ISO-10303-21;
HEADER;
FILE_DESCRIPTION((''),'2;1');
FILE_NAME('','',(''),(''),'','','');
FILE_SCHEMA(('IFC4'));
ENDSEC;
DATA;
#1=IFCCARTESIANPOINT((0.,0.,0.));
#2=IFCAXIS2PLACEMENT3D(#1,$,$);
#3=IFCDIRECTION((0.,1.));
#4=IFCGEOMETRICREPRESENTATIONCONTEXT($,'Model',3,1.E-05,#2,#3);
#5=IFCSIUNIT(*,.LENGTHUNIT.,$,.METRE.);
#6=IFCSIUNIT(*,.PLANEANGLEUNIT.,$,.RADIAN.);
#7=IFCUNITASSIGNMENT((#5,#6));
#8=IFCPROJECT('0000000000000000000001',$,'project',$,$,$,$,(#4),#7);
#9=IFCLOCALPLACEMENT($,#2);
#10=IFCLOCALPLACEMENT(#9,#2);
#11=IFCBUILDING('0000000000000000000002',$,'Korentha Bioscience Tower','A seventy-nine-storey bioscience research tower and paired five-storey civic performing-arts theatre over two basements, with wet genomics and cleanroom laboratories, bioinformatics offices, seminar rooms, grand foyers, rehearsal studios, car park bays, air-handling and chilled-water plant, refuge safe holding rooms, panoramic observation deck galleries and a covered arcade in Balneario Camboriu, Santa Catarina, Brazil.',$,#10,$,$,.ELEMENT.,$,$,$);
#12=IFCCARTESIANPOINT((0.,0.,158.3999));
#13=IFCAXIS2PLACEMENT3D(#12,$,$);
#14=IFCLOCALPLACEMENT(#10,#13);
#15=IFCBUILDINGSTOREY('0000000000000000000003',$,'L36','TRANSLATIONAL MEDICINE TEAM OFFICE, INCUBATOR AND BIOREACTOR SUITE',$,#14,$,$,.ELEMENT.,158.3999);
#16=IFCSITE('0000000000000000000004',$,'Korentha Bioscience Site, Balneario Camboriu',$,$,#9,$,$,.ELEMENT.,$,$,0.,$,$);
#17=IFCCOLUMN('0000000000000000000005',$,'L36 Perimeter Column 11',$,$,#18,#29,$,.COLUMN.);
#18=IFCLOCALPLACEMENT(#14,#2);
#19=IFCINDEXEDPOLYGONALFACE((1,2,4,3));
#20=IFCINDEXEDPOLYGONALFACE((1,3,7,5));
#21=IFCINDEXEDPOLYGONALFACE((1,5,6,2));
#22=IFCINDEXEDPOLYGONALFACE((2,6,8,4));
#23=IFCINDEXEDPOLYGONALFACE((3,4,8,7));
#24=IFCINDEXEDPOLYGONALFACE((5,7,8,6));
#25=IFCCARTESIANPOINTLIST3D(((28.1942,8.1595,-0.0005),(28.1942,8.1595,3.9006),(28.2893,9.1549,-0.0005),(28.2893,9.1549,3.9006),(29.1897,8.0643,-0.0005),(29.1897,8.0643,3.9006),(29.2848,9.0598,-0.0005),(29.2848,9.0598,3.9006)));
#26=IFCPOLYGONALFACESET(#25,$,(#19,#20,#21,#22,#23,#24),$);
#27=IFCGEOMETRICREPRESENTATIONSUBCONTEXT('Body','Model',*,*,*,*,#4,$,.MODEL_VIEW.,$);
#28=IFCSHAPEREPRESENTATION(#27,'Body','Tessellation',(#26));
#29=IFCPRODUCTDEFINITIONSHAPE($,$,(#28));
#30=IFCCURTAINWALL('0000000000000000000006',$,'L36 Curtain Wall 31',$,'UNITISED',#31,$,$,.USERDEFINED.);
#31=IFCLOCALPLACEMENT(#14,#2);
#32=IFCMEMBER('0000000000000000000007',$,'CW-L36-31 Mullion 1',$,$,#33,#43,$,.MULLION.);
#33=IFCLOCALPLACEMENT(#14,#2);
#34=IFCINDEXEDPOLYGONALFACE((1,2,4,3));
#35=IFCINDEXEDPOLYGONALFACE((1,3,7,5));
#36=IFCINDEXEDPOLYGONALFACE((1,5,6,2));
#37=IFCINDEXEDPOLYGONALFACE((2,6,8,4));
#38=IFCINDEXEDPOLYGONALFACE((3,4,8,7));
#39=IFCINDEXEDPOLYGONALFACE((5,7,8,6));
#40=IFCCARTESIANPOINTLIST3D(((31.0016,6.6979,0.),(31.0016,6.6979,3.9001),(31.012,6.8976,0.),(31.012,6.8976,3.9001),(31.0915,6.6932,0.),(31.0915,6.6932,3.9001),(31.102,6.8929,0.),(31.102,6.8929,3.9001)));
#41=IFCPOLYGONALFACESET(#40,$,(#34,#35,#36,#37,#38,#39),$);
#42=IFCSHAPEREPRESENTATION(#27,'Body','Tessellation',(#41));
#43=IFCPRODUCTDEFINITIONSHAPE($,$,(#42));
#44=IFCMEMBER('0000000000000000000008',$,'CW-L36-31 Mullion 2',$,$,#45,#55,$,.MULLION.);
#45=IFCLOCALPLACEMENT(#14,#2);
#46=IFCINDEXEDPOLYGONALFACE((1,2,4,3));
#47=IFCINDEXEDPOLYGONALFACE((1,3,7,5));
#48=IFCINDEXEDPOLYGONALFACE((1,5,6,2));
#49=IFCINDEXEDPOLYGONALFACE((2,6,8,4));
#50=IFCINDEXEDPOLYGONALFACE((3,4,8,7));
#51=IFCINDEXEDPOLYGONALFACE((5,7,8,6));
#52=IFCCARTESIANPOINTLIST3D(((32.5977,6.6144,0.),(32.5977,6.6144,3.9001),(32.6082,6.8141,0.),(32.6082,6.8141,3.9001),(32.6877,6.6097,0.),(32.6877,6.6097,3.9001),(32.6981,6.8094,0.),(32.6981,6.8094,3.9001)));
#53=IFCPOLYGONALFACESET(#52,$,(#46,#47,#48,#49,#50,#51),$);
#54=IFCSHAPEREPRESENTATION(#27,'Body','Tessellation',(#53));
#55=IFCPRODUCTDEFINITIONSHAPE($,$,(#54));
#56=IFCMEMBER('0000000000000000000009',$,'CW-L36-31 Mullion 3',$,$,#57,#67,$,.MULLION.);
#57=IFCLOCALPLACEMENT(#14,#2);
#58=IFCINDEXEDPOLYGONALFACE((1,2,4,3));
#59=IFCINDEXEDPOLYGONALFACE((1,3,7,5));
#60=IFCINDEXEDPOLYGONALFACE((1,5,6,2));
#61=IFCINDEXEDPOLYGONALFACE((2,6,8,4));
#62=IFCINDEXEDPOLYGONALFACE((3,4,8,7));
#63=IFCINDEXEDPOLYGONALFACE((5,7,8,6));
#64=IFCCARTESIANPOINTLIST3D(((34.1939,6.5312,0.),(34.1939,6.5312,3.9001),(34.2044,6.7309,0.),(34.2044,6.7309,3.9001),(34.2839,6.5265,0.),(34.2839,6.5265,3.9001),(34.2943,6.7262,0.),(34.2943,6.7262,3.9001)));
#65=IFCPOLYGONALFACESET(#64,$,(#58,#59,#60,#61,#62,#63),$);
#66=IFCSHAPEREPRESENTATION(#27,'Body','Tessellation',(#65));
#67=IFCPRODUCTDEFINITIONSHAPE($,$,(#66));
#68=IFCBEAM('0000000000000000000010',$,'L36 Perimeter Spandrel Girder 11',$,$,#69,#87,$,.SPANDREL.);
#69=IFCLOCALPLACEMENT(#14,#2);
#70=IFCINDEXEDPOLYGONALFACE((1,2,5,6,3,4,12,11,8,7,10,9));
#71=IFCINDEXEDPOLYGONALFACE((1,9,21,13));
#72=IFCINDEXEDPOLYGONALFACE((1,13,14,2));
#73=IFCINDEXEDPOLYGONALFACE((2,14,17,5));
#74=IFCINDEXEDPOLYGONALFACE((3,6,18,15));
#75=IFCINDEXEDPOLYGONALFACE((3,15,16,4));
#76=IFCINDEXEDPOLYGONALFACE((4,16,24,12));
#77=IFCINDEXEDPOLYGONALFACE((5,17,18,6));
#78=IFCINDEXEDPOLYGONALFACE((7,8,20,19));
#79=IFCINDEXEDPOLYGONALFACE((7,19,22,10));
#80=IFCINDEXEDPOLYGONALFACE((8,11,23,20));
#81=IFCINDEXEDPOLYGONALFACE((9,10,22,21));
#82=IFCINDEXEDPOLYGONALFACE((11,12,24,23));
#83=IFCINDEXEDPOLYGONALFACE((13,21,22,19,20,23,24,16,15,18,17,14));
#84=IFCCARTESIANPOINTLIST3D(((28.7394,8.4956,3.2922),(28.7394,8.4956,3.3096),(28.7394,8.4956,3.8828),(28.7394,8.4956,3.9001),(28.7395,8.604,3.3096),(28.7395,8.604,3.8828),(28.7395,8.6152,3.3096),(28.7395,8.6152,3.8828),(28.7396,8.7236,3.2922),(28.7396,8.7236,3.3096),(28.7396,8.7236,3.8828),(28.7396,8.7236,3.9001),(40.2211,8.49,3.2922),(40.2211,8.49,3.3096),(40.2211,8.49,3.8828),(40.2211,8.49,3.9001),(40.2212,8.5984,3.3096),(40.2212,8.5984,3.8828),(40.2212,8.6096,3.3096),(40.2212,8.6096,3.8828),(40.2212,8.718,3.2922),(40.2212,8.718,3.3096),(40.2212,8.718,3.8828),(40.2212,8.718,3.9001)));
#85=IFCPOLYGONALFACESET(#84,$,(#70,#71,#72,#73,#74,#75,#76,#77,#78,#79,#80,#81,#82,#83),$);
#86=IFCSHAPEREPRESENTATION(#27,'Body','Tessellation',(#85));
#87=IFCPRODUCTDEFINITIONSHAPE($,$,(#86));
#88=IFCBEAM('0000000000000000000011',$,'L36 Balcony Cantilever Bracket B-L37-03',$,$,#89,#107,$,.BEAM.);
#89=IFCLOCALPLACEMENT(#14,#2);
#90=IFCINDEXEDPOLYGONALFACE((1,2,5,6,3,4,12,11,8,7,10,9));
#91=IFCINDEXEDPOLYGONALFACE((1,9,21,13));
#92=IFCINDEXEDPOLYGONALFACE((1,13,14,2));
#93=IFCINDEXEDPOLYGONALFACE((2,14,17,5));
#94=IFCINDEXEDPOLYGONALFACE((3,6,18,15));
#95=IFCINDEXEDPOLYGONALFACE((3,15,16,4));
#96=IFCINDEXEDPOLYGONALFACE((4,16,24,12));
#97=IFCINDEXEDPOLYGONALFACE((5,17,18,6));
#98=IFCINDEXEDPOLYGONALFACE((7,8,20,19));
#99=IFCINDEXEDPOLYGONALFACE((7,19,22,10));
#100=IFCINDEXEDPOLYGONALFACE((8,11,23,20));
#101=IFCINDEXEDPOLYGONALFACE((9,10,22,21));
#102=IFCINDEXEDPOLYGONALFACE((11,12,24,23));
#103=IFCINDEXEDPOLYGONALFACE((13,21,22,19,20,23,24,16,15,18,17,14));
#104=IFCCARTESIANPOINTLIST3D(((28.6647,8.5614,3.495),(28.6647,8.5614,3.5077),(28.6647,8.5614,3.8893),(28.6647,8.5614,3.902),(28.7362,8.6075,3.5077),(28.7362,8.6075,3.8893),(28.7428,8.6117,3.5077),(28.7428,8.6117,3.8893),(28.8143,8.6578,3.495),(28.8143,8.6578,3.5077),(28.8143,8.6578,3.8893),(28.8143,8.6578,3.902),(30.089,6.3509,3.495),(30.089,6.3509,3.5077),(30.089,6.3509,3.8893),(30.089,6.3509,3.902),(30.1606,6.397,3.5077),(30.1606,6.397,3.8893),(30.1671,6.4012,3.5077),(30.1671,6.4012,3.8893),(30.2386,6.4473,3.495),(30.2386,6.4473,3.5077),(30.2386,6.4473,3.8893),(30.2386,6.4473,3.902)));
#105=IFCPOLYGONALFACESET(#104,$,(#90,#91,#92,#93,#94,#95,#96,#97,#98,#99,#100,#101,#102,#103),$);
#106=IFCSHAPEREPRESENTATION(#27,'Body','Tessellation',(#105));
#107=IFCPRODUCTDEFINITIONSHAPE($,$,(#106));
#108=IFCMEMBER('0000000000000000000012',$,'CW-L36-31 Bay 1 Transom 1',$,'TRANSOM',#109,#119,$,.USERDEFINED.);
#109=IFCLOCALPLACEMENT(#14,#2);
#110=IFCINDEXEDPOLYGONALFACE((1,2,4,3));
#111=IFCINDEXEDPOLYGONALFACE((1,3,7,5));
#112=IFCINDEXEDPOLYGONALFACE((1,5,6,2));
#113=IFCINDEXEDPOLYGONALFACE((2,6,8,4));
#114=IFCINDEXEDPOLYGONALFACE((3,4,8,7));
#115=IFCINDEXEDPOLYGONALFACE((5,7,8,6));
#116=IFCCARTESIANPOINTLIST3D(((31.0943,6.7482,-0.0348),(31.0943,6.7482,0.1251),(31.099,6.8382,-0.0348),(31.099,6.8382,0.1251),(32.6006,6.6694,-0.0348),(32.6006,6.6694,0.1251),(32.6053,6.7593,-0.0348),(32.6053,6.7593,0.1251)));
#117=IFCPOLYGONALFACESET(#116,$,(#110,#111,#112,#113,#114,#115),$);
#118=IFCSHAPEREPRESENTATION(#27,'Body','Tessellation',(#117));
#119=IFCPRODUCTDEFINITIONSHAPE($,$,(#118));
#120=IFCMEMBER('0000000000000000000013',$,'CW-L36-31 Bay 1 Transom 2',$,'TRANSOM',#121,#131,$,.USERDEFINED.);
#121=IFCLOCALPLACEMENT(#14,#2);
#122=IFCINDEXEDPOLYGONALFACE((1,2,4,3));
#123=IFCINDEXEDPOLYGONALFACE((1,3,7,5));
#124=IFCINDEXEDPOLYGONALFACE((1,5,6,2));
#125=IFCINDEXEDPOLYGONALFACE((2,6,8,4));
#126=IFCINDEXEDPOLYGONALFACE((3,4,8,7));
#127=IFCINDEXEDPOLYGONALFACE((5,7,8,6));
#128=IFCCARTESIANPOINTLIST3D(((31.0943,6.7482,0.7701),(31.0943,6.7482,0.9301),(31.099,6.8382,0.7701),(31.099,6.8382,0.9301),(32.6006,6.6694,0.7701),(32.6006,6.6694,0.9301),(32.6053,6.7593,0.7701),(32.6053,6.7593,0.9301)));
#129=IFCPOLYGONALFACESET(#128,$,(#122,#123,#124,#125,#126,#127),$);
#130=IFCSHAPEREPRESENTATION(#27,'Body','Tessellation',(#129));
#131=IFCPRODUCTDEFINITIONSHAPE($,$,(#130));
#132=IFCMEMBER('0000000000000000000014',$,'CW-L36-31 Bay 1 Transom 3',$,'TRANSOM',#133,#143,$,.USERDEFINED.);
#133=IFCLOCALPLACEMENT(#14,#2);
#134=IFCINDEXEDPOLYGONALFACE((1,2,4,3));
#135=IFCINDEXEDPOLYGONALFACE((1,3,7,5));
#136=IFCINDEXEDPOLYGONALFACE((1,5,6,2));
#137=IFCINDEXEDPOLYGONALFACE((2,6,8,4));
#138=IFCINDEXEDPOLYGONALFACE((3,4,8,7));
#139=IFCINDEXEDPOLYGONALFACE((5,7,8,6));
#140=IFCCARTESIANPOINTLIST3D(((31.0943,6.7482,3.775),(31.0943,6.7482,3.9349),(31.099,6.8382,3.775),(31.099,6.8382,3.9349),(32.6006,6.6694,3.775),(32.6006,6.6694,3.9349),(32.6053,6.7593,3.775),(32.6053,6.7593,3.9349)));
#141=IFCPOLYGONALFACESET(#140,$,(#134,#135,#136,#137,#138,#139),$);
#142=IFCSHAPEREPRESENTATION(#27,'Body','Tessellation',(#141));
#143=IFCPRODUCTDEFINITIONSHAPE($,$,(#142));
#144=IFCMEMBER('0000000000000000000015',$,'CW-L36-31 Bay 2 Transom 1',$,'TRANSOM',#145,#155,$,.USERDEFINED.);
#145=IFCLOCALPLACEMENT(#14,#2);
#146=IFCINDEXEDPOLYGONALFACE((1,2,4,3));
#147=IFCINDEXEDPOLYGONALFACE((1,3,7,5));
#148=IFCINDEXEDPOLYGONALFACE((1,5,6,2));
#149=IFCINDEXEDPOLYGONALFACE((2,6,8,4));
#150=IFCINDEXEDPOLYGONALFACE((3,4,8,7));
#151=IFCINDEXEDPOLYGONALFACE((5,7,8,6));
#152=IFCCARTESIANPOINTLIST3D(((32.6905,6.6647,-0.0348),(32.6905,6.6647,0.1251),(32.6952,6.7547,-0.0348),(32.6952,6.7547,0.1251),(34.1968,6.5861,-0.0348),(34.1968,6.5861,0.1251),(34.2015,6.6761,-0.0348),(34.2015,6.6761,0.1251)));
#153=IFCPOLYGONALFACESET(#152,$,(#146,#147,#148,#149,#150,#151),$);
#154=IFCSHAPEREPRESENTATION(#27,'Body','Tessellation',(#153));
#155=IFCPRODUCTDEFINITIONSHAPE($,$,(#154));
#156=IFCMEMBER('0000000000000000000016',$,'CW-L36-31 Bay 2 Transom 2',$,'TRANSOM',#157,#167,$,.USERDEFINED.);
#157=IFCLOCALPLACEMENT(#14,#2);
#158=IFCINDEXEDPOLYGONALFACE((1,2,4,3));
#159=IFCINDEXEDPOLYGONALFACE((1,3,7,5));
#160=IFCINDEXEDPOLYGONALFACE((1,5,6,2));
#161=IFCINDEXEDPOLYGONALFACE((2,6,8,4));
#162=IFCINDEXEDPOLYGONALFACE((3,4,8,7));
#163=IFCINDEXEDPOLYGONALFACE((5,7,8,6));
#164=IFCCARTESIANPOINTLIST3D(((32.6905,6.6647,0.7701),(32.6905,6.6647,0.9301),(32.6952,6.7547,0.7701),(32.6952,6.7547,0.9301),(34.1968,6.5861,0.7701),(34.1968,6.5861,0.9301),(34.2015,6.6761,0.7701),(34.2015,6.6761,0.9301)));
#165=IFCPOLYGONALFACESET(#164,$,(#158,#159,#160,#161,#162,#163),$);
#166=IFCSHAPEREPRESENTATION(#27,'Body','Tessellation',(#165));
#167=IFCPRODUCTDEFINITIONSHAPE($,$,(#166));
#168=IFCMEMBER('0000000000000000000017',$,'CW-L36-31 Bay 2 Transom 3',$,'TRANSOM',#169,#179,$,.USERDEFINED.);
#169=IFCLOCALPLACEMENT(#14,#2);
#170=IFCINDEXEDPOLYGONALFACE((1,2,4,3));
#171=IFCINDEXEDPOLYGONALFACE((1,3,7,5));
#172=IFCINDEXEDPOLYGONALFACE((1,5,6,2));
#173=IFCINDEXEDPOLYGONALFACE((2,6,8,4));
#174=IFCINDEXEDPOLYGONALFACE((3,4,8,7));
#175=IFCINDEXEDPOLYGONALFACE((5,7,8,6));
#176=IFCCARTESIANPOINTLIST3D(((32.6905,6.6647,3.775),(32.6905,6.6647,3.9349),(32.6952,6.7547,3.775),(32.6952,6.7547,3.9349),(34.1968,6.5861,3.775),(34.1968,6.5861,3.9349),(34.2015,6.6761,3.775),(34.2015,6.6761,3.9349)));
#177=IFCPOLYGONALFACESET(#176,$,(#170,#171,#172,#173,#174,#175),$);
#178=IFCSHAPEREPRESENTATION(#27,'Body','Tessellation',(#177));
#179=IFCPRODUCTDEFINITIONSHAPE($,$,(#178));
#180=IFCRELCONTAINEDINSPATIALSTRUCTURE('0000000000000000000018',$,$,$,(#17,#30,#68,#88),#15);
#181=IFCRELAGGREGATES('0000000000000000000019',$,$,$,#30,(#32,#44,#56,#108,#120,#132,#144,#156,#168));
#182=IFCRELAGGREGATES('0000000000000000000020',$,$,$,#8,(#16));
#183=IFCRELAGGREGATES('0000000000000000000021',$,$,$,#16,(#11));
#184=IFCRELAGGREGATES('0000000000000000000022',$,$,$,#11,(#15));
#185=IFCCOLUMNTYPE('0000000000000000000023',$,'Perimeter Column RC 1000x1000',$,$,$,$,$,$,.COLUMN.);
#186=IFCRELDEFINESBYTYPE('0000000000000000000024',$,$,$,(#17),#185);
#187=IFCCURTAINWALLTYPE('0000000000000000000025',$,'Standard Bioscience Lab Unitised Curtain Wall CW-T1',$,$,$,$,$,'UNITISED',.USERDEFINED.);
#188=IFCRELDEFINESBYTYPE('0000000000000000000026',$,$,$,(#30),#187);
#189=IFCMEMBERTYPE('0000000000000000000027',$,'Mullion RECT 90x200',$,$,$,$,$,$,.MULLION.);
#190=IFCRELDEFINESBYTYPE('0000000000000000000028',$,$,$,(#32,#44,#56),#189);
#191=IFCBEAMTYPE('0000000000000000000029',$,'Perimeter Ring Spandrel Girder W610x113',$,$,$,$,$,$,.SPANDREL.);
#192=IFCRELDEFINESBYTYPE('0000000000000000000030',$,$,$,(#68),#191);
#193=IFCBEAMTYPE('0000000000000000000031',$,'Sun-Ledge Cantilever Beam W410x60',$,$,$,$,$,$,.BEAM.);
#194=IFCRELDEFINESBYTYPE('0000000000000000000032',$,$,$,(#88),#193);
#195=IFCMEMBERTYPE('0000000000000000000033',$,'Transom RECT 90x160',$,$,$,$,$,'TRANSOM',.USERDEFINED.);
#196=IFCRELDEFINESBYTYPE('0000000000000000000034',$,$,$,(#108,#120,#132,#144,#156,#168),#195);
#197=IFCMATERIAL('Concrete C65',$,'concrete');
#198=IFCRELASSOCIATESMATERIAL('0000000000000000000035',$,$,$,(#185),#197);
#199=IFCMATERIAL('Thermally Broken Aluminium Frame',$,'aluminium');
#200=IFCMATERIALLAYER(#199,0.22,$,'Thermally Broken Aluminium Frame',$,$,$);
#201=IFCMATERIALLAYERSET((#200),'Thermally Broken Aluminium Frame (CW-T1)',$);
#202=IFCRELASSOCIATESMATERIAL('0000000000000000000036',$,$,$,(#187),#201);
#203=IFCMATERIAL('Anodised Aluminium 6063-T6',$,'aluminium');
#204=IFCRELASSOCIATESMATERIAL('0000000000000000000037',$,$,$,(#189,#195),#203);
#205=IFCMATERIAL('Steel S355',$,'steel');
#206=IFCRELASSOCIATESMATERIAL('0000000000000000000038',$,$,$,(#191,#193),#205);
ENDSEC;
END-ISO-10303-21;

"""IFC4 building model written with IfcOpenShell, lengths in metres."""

from ifc_helpers import new_model, si_unit, direction, frame, origin, origin_2d, place, context, subcontext, project, spatial, rectangle, i_section, extrude, material, layer, layer_set, material_profile, profile_set, type_object, element, aggregate, save


model = new_model("IFC4")

# Units and contexts
model_context = context("Model", 3, precision=1e-05, world=origin(), true_north=direction((0.0, 1.0)))
body_context = subcontext(model_context, "Body", "Model", "MODEL_VIEW")
ifc_project = project(units=[si_unit("LENGTHUNIT", "METRE"), si_unit("PLANEANGLEUNIT", "RADIAN")], contexts=[model_context])

# Site, building, storey
site_placement = place(None, origin())
site = spatial("IfcSite", under=ifc_project, at=site_placement, Name="Korentha Bioscience Site, Balneario Camboriu", CompositionType="ELEMENT", RefElevation=0.0)
building_placement = place(site_placement, origin())
building = spatial("IfcBuilding", under=site, at=building_placement, Name="Korentha Bioscience Tower", Description="A seventy-nine-storey bioscience research tower and paired five-storey civic performing-arts theatre over two basements, with wet genomics and cleanroom laboratories, bioinformatics offices, seminar rooms, grand foyers, rehearsal studios, car park bays, air-handling and chilled-water plant, refuge safe holding rooms, panoramic observation deck galleries and a covered arcade in Balneario Camboriu, Santa Catarina, Brazil.", CompositionType="ELEMENT")
storey_placement = place(building_placement, frame((0.0, 0.0, 158.3999)))
storey = spatial("IfcBuildingStorey", under=building, at=storey_placement, Name="L36", Description="TRANSLATIONAL MEDICINE TEAM OFFICE, INCUBATOR AND BIOREACTOR SUITE", CompositionType="ELEMENT", Elevation=158.3999)

# Column
ifc_material_1 = material(Name="Concrete C65", Category="concrete")
ifc_material_profile_1 = material_profile(ifc_material_1, rectangle(XDim=1.0, YDim=1.0, at=origin_2d()), Name="Concrete C65")
ifc_profile_set_1 = profile_set([ifc_material_profile_1], Name="Concrete C65 (COL-P10)")
column_type = type_object("IfcColumnType", Name="Perimeter Column RC 1000x1000", PredefinedType="COLUMN", material=ifc_profile_set_1)
column_placement = place(storey_placement, frame((28.7395, 8.6096, -0.0005), z_axis=(0.0, 0.0, 1.0), x_axis=(-0.995463, 0.095151, 0.0)))
element("IfcColumn", 1, at=column_placement, inside=storey, type_object=column_type, Name="L36 Perimeter Column 11", PredefinedType="COLUMN", context=body_context, shape_type="SweptSolid", body=[
    extrude(rectangle(XDim=1.0, YDim=1.0, at=origin_2d()), origin(), (0.0, 0.0, 1.0), 3.9011),
])

# Curtain wall, members
ifc_material_2 = material(Name="Thermally Broken Aluminium Frame", Category="aluminium")
ifc_layer_1 = layer(ifc_material_2, 0.22, Name="Thermally Broken Aluminium Frame")
ifc_layer_set_1 = layer_set([ifc_layer_1], Name="Thermally Broken Aluminium Frame (CW-T1)")
curtain_wall_type = type_object("IfcCurtainWallType", Name="Standard Bioscience Lab Unitised Curtain Wall CW-T1", ElementType="UNITISED", PredefinedType="USERDEFINED", material=ifc_layer_set_1)
curtain_wall_placement = place(storey_placement, origin())
curtain_wall = element("IfcCurtainWall", 2, at=curtain_wall_placement, inside=storey, type_object=curtain_wall_type, Name="L36 Curtain Wall 31", ObjectType="UNITISED", PredefinedType="USERDEFINED")
ifc_material_3 = material(Name="Anodised Aluminium 6063-T6", Category="aluminium")
ifc_material_profile_2 = material_profile(ifc_material_3, rectangle(XDim=0.0901, YDim=0.2, at=origin_2d()), Name="Anodised Aluminium 6063-T6")
ifc_profile_set_2 = profile_set([ifc_material_profile_2], Name="Anodised Aluminium 6063-T6 (CW-MUL)")
member_type_1 = type_object("IfcMemberType", Name="Mullion RECT 90x200", PredefinedType="MULLION", material=ifc_profile_set_2)
member_1_placement = place(storey_placement, frame((31.0518, 6.7954, 0.0), z_axis=(0.0, 0.0, 1.0), x_axis=(0.998638, -0.05218, 0.0)))
member_1 = element("IfcMember", 3, at=member_1_placement, type_object=member_type_1, Name="CW-L36-31 Mullion 1", PredefinedType="MULLION", context=body_context, shape_type="SweptSolid", body=[
    extrude(rectangle(XDim=0.0901, YDim=0.2, at=origin_2d()), origin(), (0.0, 0.0, 1.0), 3.9001),
])
member_2_placement = place(storey_placement, frame((32.6479, 6.7119, 0.0), z_axis=(0.0, 0.0, 1.0), x_axis=(0.998638, -0.05218, 0.0)))
member_2 = element("IfcMember", 4, at=member_2_placement, type_object=member_type_1, Name="CW-L36-31 Mullion 2", PredefinedType="MULLION", context=body_context, shape_type="SweptSolid", body=[
    extrude(rectangle(XDim=0.0901, YDim=0.2, at=origin_2d()), origin(), (0.0, 0.0, 1.0), 3.9001),
])
member_3_placement = place(storey_placement, frame((34.2441, 6.6287, 0.0), z_axis=(0.0, 0.0, 1.0), x_axis=(0.998638, -0.05218, 0.0)))
member_3 = element("IfcMember", 5, at=member_3_placement, type_object=member_type_1, Name="CW-L36-31 Mullion 3", PredefinedType="MULLION", context=body_context, shape_type="SweptSolid", body=[
    extrude(rectangle(XDim=0.0901, YDim=0.2, at=origin_2d()), origin(), (0.0, 0.0, 1.0), 3.9001),
])

# Beams
ifc_material_4 = material(Name="Steel S355", Category="steel")
ifc_material_profile_3 = material_profile(ifc_material_4, i_section(OverallWidth=0.228, OverallDepth=0.6079, WebThickness=0.0112, FlangeThickness=0.0173, at=origin_2d()), Name="Steel S355")
ifc_profile_set_3 = profile_set([ifc_material_profile_3], Name="Steel S355 (SB-610)")
beam_type_1 = type_object("IfcBeamType", Name="Perimeter Ring Spandrel Girder W610x113", PredefinedType="SPANDREL", material=ifc_profile_set_3)
beam_1_placement = place(storey_placement, frame((28.7395, 8.6096, 3.5962), z_axis=(1.0, -0.000489, 0.0), x_axis=(0.000489, 1.0, 0.0)))
element("IfcBeam", 6, at=beam_1_placement, inside=storey, type_object=beam_type_1, Name="L36 Perimeter Spandrel Girder 11", PredefinedType="SPANDREL", context=body_context, shape_type="SweptSolid", body=[
    extrude(i_section(OverallWidth=0.228, OverallDepth=0.6079, WebThickness=0.0112, FlangeThickness=0.0173, at=origin_2d()), origin(), (0.0, 0.0, 1.0), 11.4817),
])
ifc_material_profile_4 = material_profile(ifc_material_4, i_section(OverallWidth=0.178, OverallDepth=0.407, WebThickness=0.0078, FlangeThickness=0.0127, at=origin_2d()), Name="Steel S355")
ifc_profile_set_4 = profile_set([ifc_material_profile_4], Name="Steel S355 (CB-410)")
beam_type_2 = type_object("IfcBeamType", Name="Sun-Ledge Cantilever Beam W410x60", PredefinedType="BEAM", material=ifc_profile_set_4)
beam_2_placement = place(storey_placement, frame((28.7395, 8.6096, 3.6985), z_axis=(0.541649, -0.840605, 0.0), x_axis=(0.840605, 0.541649, 0.0)))
element("IfcBeam", 7, at=beam_2_placement, inside=storey, type_object=beam_type_2, Name="L36 Balcony Cantilever Bracket B-L37-03", PredefinedType="BEAM", context=body_context, shape_type="SweptSolid", body=[
    extrude(i_section(OverallWidth=0.178, OverallDepth=0.407, WebThickness=0.0078, FlangeThickness=0.0127, at=origin_2d()), origin(), (0.0, 0.0, 1.0), 2.6296),
])

# Members
ifc_material_profile_5 = material_profile(ifc_material_3, rectangle(XDim=0.0901, YDim=0.1599, at=origin_2d()), Name="Anodised Aluminium 6063-T6")
ifc_profile_set_5 = profile_set([ifc_material_profile_5], Name="Anodised Aluminium 6063-T6 (CW-TRN)")
member_type_2 = type_object("IfcMemberType", Name="Transom RECT 90x160", ElementType="TRANSOM", PredefinedType="USERDEFINED", material=ifc_profile_set_5)
member_4_placement = place(storey_placement, frame((31.0967, 6.7932, 0.0452), z_axis=(0.998633, -0.052278, 0.0), x_axis=(0.052278, 0.998633, 0.0)))
member_4 = element("IfcMember", 8, at=member_4_placement, type_object=member_type_2, Name="CW-L36-31 Bay 1 Transom 1", ObjectType="TRANSOM", PredefinedType="USERDEFINED", context=body_context, shape_type="SweptSolid", body=[
    extrude(rectangle(XDim=0.0901, YDim=0.1599, at=origin_2d()), origin(), (0.0, 0.0, 1.0), 1.5083),
])
member_5_placement = place(storey_placement, frame((31.0967, 6.7932, 0.8501), z_axis=(0.998633, -0.052278, 0.0), x_axis=(0.052278, 0.998633, 0.0)))
member_5 = element("IfcMember", 9, at=member_5_placement, type_object=member_type_2, Name="CW-L36-31 Bay 1 Transom 2", ObjectType="TRANSOM", PredefinedType="USERDEFINED", context=body_context, shape_type="SweptSolid", body=[
    extrude(rectangle(XDim=0.0901, YDim=0.1599, at=origin_2d()), origin(), (0.0, 0.0, 1.0), 1.5083),
])
member_6_placement = place(storey_placement, frame((31.0967, 6.7932, 3.855), z_axis=(0.998633, -0.052278, 0.0), x_axis=(0.052278, 0.998633, 0.0)))
member_6 = element("IfcMember", 10, at=member_6_placement, type_object=member_type_2, Name="CW-L36-31 Bay 1 Transom 3", ObjectType="TRANSOM", PredefinedType="USERDEFINED", context=body_context, shape_type="SweptSolid", body=[
    extrude(rectangle(XDim=0.0901, YDim=0.1599, at=origin_2d()), origin(), (0.0, 0.0, 1.0), 1.5083),
])
member_7_placement = place(storey_placement, frame((32.6929, 6.7097, 0.0452), z_axis=(0.998641, -0.052117, 0.0), x_axis=(0.052117, 0.998641, 0.0)))
member_7 = element("IfcMember", 11, at=member_7_placement, type_object=member_type_2, Name="CW-L36-31 Bay 2 Transom 1", ObjectType="TRANSOM", PredefinedType="USERDEFINED", context=body_context, shape_type="SweptSolid", body=[
    extrude(rectangle(XDim=0.0901, YDim=0.1599, at=origin_2d()), origin(), (0.0, 0.0, 1.0), 1.5083),
])
member_8_placement = place(storey_placement, frame((32.6929, 6.7097, 0.8501), z_axis=(0.998641, -0.052117, 0.0), x_axis=(0.052117, 0.998641, 0.0)))
member_8 = element("IfcMember", 12, at=member_8_placement, type_object=member_type_2, Name="CW-L36-31 Bay 2 Transom 2", ObjectType="TRANSOM", PredefinedType="USERDEFINED", context=body_context, shape_type="SweptSolid", body=[
    extrude(rectangle(XDim=0.0901, YDim=0.1599, at=origin_2d()), origin(), (0.0, 0.0, 1.0), 1.5083),
])
member_9_placement = place(storey_placement, frame((32.6929, 6.7097, 3.855), z_axis=(0.998641, -0.052117, 0.0), x_axis=(0.052117, 0.998641, 0.0)))
member_9 = element("IfcMember", 13, at=member_9_placement, type_object=member_type_2, Name="CW-L36-31 Bay 2 Transom 3", ObjectType="TRANSOM", PredefinedType="USERDEFINED", context=body_context, shape_type="SweptSolid", body=[
    extrude(rectangle(XDim=0.0901, YDim=0.1599, at=origin_2d()), origin(), (0.0, 0.0, 1.0), 1.5083),
])

aggregate(curtain_wall, [member_1, member_2, member_3, member_4, member_5, member_6, member_7, member_8, member_9])

save(model, "model.ifc")
